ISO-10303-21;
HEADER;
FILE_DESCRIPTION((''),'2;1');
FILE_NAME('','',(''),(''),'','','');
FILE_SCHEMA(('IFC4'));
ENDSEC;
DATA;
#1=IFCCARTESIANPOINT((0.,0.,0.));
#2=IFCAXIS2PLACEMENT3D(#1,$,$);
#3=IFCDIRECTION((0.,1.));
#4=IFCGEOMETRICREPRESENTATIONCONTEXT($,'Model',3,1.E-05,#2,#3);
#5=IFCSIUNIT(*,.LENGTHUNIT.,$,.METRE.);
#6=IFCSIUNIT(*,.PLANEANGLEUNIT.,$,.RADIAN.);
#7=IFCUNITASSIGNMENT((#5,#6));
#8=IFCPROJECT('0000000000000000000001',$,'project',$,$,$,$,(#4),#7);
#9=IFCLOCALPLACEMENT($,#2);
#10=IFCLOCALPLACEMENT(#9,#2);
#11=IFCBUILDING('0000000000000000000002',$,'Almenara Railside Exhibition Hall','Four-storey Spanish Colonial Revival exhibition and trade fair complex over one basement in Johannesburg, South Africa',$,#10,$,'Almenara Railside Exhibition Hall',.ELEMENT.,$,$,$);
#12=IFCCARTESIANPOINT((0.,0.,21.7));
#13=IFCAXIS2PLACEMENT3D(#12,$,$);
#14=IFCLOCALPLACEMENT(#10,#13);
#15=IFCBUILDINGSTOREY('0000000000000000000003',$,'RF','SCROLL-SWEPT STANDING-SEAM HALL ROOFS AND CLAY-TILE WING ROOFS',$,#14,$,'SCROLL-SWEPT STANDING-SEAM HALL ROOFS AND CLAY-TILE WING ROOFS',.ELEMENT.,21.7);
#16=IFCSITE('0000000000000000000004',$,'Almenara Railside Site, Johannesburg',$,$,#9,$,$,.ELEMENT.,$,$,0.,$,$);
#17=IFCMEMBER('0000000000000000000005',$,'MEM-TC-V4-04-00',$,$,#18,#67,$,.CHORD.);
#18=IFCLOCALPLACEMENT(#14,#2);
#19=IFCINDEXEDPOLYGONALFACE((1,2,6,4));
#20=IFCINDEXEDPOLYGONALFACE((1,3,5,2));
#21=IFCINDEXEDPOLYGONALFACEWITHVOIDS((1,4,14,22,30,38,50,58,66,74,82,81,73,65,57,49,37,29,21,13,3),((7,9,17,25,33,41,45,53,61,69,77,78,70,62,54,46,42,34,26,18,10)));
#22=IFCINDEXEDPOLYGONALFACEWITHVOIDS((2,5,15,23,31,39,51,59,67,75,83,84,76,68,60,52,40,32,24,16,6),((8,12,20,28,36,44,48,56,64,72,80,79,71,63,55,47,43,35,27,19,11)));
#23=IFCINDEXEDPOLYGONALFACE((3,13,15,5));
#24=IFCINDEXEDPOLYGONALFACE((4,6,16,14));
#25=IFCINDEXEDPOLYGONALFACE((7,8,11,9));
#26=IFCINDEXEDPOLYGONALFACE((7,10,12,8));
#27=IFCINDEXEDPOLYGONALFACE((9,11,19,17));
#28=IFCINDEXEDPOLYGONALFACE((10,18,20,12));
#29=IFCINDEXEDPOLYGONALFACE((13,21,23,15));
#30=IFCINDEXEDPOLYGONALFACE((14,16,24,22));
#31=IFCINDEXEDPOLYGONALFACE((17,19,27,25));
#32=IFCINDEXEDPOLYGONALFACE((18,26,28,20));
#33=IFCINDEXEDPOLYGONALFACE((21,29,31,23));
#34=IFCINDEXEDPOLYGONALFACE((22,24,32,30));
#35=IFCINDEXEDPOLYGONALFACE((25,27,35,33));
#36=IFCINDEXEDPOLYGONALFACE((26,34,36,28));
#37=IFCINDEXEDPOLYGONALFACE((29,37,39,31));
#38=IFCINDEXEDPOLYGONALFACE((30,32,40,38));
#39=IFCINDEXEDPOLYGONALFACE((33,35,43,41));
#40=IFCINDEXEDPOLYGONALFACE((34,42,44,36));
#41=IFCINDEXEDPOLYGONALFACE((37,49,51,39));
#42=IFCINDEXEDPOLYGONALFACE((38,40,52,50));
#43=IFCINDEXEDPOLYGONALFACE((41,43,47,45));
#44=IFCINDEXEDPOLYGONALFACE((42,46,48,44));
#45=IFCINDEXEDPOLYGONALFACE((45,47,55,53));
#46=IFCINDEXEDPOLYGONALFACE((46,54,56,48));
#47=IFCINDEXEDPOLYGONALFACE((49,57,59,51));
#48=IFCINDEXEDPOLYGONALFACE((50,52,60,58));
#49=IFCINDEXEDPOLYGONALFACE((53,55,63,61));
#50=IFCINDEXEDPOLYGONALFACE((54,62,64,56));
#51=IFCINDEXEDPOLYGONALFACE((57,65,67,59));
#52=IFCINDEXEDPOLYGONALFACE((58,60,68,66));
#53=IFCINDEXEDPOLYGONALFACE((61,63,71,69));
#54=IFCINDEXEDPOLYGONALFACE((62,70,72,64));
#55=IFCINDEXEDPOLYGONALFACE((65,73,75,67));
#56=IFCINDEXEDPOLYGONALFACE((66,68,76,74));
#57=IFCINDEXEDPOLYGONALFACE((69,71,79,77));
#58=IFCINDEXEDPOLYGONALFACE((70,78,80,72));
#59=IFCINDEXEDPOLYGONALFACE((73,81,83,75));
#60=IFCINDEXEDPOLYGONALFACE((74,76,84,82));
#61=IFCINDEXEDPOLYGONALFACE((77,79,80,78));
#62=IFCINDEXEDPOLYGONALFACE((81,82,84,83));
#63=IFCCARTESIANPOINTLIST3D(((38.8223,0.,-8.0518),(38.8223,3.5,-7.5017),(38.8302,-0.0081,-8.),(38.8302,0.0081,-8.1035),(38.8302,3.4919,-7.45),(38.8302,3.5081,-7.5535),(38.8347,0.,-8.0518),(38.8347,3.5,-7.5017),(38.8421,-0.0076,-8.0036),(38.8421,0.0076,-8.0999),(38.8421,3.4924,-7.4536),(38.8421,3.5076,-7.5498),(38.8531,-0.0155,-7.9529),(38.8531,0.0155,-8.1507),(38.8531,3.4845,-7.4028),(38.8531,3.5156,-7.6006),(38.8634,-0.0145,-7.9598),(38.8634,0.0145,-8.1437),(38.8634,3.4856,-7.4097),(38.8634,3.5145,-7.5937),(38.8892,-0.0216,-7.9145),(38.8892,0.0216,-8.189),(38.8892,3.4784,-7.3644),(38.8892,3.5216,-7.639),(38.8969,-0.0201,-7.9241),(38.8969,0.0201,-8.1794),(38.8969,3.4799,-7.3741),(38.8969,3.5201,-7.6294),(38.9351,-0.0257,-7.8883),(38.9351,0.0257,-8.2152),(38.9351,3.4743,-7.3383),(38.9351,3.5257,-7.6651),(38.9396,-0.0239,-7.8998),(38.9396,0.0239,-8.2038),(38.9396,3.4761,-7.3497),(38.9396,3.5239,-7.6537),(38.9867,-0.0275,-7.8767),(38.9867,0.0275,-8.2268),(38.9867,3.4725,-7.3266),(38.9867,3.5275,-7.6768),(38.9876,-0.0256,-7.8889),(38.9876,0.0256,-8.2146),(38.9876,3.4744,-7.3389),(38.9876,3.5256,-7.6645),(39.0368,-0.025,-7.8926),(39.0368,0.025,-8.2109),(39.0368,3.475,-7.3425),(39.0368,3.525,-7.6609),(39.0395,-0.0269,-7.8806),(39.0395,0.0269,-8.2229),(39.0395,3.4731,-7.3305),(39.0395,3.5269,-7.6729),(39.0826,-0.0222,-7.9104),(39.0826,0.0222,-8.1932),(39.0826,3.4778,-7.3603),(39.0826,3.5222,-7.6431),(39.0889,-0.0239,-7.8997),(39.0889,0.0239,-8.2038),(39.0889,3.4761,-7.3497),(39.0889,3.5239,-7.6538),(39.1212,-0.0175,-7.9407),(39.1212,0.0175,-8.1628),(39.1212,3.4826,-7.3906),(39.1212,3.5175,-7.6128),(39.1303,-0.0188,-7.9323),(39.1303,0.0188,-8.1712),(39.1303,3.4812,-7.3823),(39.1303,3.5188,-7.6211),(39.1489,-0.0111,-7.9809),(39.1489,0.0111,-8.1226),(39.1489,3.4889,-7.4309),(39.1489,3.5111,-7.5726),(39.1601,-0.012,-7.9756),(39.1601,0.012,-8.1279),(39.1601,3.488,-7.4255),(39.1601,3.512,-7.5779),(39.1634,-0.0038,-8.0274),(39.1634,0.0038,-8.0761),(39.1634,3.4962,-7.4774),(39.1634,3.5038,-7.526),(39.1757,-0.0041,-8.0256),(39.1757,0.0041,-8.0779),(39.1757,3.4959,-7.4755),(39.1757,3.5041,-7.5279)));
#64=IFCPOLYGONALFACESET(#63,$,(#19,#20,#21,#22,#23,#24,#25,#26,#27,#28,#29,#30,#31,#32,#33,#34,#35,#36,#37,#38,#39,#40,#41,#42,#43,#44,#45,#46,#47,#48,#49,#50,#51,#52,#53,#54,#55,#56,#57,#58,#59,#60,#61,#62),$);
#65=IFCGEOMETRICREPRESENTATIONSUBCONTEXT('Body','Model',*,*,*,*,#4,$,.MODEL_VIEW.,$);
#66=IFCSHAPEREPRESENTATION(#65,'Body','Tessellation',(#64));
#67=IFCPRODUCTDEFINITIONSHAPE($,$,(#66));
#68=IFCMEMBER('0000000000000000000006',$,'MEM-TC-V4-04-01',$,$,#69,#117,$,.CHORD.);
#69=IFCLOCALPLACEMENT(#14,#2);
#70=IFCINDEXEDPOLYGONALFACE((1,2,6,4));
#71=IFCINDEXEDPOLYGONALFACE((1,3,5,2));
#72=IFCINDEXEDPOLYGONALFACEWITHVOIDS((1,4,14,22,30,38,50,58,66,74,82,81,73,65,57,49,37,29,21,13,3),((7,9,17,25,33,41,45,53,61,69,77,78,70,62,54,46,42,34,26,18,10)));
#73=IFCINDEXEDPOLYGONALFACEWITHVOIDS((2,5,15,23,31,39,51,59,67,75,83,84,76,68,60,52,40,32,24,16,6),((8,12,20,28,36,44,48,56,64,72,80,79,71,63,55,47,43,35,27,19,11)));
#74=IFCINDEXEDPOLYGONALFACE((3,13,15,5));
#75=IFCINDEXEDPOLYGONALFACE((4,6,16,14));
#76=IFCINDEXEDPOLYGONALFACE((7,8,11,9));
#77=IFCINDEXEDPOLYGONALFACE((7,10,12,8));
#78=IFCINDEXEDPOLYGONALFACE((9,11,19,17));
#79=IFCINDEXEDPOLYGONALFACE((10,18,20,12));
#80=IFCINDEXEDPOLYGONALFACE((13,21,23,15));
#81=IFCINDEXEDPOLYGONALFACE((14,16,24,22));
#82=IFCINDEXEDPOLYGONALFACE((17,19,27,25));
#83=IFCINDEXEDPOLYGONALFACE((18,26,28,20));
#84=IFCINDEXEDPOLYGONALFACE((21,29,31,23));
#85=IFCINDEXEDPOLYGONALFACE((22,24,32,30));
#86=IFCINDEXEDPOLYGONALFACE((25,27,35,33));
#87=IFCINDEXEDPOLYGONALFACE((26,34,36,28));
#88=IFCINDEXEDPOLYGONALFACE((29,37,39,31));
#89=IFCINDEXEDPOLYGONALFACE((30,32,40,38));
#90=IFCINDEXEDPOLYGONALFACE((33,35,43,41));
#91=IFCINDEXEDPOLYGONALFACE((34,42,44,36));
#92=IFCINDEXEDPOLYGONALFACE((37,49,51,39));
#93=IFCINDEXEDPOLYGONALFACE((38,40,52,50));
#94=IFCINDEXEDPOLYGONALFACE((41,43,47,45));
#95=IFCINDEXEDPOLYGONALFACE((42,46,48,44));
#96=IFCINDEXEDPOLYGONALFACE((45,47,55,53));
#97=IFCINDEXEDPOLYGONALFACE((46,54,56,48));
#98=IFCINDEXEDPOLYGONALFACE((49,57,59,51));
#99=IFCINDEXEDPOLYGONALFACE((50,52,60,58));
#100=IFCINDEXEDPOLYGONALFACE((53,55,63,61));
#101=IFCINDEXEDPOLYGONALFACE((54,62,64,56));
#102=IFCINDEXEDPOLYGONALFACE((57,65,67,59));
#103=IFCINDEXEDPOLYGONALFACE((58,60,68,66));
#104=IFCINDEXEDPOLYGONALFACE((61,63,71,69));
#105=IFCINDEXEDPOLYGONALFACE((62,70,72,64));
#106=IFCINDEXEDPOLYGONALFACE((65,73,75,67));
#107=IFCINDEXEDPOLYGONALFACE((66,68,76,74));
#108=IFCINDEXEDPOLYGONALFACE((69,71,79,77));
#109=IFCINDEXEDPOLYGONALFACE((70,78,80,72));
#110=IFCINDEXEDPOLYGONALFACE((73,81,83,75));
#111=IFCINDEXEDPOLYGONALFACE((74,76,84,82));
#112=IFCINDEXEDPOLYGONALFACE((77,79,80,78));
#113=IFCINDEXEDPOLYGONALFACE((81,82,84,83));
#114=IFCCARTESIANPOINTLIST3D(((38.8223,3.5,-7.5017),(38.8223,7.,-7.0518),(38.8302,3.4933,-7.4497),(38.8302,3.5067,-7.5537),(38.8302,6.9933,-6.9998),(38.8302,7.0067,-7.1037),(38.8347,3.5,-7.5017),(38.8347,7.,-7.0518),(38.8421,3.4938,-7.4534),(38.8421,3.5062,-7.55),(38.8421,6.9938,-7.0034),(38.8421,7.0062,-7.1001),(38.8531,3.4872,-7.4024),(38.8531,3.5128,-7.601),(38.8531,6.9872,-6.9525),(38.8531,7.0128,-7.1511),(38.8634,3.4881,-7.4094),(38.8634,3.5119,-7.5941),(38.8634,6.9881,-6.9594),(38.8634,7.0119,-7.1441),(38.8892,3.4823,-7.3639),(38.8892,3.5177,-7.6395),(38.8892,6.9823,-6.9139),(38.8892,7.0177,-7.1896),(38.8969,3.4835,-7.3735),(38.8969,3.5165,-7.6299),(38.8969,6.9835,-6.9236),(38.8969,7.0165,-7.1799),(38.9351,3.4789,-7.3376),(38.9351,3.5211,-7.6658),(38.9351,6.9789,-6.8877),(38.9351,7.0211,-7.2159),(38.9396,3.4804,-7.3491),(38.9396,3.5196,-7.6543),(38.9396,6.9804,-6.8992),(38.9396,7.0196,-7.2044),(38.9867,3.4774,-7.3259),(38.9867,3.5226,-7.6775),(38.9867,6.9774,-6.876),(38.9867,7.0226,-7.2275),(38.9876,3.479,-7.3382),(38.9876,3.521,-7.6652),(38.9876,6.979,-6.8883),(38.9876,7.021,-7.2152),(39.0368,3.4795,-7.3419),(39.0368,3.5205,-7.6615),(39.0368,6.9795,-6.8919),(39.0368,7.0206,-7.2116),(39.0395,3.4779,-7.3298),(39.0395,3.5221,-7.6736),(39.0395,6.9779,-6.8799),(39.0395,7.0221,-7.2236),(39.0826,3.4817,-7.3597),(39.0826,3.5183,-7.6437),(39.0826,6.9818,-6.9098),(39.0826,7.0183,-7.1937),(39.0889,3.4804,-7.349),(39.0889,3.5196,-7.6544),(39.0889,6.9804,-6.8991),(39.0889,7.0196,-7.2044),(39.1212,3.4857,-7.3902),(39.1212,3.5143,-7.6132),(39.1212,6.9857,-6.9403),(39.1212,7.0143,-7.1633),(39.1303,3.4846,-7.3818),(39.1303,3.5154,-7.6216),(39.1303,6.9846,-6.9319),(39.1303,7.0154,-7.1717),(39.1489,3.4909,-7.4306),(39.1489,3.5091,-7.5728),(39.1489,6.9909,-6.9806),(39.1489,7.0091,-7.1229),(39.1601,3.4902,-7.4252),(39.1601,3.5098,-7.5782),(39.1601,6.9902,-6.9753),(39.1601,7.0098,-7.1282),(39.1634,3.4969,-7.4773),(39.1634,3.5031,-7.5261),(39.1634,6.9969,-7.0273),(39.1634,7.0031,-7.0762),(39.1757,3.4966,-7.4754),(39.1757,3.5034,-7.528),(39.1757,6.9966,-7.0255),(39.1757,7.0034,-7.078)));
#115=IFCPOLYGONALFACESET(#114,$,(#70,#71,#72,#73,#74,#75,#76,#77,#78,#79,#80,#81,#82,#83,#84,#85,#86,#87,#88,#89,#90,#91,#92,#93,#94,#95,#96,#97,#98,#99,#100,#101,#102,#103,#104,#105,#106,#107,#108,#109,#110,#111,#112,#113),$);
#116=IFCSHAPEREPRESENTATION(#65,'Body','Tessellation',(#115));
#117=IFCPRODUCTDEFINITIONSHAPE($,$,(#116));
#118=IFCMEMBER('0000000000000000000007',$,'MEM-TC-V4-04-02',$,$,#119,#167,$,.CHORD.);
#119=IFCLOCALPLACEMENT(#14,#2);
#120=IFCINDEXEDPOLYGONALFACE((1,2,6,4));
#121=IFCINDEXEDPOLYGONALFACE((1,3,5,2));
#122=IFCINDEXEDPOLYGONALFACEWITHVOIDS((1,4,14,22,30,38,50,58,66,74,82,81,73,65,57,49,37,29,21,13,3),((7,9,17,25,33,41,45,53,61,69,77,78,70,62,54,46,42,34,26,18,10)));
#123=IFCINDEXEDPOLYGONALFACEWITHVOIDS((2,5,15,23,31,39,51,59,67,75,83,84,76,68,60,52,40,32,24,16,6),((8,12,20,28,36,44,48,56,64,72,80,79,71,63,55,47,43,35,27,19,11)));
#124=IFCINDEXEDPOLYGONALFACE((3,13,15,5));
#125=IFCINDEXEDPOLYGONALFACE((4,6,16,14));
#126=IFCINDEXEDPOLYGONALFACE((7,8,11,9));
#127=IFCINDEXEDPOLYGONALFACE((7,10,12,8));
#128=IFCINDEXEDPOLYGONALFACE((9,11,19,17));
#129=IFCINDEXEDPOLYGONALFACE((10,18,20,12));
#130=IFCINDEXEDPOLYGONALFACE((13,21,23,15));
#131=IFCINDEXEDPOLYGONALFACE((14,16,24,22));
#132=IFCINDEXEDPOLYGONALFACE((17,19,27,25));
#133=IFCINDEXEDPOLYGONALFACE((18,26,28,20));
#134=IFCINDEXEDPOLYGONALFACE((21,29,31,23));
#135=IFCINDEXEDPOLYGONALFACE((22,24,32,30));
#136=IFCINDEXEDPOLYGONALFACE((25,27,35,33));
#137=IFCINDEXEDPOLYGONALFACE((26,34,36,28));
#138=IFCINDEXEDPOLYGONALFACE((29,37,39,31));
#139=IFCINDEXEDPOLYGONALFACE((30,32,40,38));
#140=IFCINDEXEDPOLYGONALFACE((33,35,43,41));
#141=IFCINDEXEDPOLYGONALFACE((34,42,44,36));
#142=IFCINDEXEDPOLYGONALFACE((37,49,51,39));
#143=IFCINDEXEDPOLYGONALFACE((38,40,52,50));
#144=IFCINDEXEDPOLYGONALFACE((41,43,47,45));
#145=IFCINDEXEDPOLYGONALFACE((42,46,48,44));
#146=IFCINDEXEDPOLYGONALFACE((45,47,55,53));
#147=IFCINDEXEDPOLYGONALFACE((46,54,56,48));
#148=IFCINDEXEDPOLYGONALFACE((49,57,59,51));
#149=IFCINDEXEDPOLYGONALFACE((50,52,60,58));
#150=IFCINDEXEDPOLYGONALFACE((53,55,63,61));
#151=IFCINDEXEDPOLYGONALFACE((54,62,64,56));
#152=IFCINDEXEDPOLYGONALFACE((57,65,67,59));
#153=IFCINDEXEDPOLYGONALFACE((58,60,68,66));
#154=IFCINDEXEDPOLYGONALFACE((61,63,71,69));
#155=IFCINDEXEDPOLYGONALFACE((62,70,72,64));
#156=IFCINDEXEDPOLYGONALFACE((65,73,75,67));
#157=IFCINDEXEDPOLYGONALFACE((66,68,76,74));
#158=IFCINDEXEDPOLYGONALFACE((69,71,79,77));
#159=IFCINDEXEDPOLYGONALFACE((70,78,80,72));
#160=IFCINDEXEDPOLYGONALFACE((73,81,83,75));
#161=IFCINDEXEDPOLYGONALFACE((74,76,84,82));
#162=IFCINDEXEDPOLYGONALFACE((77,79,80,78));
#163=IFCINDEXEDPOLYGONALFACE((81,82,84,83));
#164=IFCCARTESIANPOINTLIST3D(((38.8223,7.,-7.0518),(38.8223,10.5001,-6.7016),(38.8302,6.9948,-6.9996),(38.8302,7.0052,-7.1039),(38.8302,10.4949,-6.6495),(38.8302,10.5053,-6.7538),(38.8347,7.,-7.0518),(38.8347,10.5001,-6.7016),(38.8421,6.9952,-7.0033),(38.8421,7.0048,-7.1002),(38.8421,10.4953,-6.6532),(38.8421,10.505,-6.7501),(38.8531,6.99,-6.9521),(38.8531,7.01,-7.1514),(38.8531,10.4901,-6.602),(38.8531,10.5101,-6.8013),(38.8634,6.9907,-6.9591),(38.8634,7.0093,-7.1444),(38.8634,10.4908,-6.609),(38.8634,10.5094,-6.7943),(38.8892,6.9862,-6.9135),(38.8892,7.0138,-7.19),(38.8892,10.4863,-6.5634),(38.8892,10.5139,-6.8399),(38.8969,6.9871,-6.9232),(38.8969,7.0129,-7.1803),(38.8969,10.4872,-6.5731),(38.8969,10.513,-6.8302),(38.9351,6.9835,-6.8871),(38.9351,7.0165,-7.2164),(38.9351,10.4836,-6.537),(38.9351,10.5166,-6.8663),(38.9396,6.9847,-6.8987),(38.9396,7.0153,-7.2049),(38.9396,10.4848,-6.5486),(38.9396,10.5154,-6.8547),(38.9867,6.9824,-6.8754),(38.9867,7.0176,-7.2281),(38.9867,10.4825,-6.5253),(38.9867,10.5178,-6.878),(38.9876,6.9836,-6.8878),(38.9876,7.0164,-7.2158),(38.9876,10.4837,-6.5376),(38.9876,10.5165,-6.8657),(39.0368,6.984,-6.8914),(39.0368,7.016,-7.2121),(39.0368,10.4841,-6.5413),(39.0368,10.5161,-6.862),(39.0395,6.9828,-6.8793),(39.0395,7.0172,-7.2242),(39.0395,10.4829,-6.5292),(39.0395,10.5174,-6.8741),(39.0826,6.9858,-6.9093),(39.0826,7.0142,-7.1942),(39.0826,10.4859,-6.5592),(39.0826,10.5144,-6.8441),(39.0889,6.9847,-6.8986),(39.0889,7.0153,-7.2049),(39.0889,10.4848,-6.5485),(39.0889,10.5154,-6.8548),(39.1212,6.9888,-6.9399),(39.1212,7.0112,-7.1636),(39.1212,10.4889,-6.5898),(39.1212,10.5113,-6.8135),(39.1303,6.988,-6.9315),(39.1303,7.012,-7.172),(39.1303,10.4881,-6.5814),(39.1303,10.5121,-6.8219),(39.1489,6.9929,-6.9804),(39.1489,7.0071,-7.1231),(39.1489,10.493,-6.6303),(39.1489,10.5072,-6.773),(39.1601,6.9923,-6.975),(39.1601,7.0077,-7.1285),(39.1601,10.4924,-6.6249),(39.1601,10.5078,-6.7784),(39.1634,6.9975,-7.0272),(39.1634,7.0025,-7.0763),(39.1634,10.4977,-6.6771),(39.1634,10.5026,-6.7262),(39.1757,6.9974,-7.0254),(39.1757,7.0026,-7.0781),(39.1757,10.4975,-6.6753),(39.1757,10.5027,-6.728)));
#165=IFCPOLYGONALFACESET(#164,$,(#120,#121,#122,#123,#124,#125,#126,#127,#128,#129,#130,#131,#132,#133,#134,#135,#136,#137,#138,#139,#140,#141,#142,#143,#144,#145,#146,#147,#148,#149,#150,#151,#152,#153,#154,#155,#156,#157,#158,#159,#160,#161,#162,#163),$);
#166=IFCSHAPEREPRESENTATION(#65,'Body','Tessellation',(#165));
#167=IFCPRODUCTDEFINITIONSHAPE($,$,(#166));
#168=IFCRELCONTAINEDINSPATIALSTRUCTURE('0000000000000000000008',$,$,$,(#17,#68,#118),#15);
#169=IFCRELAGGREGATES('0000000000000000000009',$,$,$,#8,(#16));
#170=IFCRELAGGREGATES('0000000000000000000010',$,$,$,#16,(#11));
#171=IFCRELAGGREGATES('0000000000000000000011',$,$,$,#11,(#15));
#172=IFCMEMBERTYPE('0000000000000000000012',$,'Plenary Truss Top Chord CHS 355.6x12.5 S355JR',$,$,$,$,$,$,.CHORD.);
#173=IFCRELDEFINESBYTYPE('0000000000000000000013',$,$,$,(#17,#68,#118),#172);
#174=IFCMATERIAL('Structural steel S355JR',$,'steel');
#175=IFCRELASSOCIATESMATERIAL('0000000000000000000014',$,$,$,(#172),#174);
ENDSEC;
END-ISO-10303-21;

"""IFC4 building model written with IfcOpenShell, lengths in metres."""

from ifc_helpers import new_model, si_unit, direction, frame, origin, origin_2d, place, context, subcontext, project, spatial, hollow_circle, extrude, material, material_profile, profile_set, type_object, element, save


model = new_model("IFC4")

# Units and contexts
model_context = context("Model", 3, precision=1e-05, world=origin(), true_north=direction((0.0, 1.0)))
body_context = subcontext(model_context, "Body", "Model", "MODEL_VIEW")
ifc_project = project(units=[si_unit("LENGTHUNIT", "METRE"), si_unit("PLANEANGLEUNIT", "RADIAN")], contexts=[model_context])

# Site, building, storey
site_placement = place(None, origin())
site = spatial("IfcSite", under=ifc_project, at=site_placement, Name="Almenara Railside Site, Johannesburg", CompositionType="ELEMENT", RefElevation=0.0)
building_placement = place(site_placement, origin())
building = spatial("IfcBuilding", under=site, at=building_placement, Name="Almenara Railside Exhibition Hall", Description="Four-storey Spanish Colonial Revival exhibition and trade fair complex over one basement in Johannesburg, South Africa", LongName="Almenara Railside Exhibition Hall", CompositionType="ELEMENT")
storey_placement = place(building_placement, frame((0.0, 0.0, 21.7)))
storey = spatial("IfcBuildingStorey", under=building, at=storey_placement, Name="RF", Description="SCROLL-SWEPT STANDING-SEAM HALL ROOFS AND CLAY-TILE WING ROOFS", LongName="SCROLL-SWEPT STANDING-SEAM HALL ROOFS AND CLAY-TILE WING ROOFS", CompositionType="ELEMENT", Elevation=21.7)

# Members
ifc_material = material(Name="Structural steel S355JR", Category="steel")
ifc_material_profile_1 = material_profile(ifc_material, hollow_circle(Radius=0.1777, WallThickness=0.0125, at=origin_2d()), Name="CHS 355.6x12.5")
ifc_profile_set_1 = profile_set([ifc_material_profile_1], Name="Structural steel S355JR")
member_type_1 = type_object("IfcMemberType", Name="Plenary Truss Top Chord CHS 355.6x12.5 S355JR", PredefinedType="CHORD", material=ifc_profile_set_1)
member_1_placement = place(storey_placement, frame((39.0, 0.0, -8.0518), z_axis=(0.0, 0.987875, 0.155251), x_axis=(-1.0, 0.0, 0.0)))
element("IfcMember", 1, at=member_1_placement, inside=storey, type_object=member_type_1, Name="MEM-TC-V4-04-00", PredefinedType="CHORD", context=body_context, shape_type="SweptSolid", body=[
    extrude(hollow_circle(Radius=0.1777, WallThickness=0.0125, at=origin_2d()), origin(), (0.0, 0.0, 1.0), 3.543),
])
member_2_placement = place(storey_placement, frame((39.0, 3.5, -7.5017), z_axis=(0.0, 0.991838, 0.127508), x_axis=(-1.0, 0.0, 0.0)))
element("IfcMember", 2, at=member_2_placement, inside=storey, type_object=member_type_1, Name="MEM-TC-V4-04-01", PredefinedType="CHORD", context=body_context, shape_type="SweptSolid", body=[
    extrude(hollow_circle(Radius=0.1777, WallThickness=0.0125, at=origin_2d()), origin(), (0.0, 0.0, 1.0), 3.5288),
])
member_3_placement = place(storey_placement, frame((39.0, 7.0, -7.0518), z_axis=(0.0, 0.995034, 0.099531), x_axis=(-1.0, 0.0, 0.0)))
element("IfcMember", 3, at=member_3_placement, inside=storey, type_object=member_type_1, Name="MEM-TC-V4-04-02", PredefinedType="CHORD", context=body_context, shape_type="SweptSolid", body=[
    extrude(hollow_circle(Radius=0.1777, WallThickness=0.0125, at=origin_2d()), origin(), (0.0, 0.0, 1.0), 3.5176),
])

save(model, "model.ifc")
